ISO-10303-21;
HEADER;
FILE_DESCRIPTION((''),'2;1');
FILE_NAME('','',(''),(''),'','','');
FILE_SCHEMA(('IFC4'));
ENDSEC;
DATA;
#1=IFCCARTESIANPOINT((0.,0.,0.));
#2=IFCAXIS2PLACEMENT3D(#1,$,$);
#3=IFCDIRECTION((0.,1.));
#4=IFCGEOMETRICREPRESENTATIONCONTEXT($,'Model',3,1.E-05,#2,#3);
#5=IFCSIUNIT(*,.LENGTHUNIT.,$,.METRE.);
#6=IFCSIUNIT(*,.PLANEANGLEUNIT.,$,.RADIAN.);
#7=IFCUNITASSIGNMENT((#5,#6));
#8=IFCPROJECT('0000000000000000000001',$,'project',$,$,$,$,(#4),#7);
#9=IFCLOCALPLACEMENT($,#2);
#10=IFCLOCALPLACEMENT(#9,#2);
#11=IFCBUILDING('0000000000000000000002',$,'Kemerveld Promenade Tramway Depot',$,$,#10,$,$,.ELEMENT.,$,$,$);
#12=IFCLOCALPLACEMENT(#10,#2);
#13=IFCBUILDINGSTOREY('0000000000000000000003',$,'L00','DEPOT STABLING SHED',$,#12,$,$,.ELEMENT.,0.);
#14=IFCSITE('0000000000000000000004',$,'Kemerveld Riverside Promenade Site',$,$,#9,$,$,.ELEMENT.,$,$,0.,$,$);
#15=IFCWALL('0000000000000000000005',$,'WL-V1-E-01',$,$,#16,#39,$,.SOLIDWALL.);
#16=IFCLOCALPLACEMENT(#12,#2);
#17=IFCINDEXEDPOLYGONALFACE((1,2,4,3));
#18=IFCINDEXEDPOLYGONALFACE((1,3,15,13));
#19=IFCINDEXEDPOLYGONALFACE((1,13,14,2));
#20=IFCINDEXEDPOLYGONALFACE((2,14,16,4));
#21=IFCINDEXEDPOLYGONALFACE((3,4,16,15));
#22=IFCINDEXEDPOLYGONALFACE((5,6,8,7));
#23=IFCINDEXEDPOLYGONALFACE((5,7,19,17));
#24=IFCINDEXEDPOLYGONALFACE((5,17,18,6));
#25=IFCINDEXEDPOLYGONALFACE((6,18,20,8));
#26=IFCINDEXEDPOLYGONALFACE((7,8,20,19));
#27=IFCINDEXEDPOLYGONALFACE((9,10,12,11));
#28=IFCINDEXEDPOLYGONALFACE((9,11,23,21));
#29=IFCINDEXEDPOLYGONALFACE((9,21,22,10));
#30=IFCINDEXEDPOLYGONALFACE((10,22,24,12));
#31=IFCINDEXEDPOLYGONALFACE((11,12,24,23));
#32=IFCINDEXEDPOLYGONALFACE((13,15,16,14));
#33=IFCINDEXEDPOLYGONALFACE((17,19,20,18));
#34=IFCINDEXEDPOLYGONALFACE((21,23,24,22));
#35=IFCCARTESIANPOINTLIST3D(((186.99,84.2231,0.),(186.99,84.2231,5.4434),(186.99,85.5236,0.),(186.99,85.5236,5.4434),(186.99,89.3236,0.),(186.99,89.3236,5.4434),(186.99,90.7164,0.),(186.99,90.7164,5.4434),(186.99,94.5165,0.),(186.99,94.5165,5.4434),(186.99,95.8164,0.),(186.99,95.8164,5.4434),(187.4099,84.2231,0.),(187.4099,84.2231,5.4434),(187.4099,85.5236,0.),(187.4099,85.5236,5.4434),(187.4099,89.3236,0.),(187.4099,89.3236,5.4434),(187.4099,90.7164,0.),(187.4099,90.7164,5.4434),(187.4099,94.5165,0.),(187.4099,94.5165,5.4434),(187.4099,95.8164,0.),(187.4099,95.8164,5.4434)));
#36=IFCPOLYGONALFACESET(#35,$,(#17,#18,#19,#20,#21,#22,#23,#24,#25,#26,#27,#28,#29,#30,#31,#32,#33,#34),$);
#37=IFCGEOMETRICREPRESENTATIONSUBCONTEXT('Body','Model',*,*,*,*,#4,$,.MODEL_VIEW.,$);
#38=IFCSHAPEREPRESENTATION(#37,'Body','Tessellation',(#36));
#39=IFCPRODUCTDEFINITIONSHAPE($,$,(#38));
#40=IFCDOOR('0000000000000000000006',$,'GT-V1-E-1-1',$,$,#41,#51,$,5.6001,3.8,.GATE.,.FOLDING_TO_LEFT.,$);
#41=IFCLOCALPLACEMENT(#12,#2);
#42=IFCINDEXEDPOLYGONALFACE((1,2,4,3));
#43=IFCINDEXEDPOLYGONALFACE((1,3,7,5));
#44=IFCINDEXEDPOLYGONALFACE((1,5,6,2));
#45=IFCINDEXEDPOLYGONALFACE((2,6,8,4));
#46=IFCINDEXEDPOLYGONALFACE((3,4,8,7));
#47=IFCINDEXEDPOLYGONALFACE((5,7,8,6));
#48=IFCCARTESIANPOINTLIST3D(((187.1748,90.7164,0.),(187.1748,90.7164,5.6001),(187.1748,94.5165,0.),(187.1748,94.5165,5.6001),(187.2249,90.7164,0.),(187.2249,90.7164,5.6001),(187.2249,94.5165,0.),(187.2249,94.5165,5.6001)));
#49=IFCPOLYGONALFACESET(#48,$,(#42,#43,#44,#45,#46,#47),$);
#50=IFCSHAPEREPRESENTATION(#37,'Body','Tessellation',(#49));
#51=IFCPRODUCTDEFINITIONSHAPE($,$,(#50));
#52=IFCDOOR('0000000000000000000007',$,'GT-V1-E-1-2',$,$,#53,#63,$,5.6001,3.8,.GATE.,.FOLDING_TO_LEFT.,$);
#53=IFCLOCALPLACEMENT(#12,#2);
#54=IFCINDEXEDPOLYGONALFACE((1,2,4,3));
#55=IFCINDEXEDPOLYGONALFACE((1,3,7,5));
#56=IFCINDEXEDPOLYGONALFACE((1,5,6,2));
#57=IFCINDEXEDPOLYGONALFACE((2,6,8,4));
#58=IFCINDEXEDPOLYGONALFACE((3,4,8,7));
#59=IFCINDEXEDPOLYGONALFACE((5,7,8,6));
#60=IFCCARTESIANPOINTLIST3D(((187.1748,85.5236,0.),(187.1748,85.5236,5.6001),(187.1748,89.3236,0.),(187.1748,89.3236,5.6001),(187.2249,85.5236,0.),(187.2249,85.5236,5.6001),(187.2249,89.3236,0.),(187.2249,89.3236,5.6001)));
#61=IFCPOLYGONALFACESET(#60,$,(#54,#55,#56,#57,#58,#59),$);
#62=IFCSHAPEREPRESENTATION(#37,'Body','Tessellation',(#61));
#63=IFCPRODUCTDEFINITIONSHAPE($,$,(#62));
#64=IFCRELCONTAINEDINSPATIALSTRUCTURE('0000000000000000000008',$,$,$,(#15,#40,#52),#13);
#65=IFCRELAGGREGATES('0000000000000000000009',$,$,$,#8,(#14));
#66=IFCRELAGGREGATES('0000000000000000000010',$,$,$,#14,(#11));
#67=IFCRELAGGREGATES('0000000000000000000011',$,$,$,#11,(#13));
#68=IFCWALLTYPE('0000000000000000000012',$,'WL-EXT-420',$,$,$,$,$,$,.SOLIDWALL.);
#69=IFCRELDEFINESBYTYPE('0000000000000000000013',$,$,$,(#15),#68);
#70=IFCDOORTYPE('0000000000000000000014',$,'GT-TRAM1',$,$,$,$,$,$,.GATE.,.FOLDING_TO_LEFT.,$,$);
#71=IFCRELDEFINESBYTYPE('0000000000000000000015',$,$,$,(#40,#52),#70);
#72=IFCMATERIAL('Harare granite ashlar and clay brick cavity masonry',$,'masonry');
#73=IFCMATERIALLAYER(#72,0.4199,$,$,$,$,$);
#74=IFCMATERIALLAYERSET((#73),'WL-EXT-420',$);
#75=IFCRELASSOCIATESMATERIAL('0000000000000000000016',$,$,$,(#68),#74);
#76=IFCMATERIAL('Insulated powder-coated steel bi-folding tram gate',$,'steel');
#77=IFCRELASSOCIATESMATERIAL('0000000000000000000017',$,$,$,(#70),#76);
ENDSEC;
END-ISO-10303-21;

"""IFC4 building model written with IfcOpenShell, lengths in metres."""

from ifc_helpers import new_model, si_unit, direction, frame, frame_2d, origin, place, context, subcontext, project, spatial, rectangle, extrude, material, layer, layer_set, type_object, element, fill, save


model = new_model("IFC4")

# Units and contexts
model_context = context("Model", 3, precision=1e-05, world=origin(), true_north=direction((0.0, 1.0)))
body_context = subcontext(model_context, "Body", "Model", "MODEL_VIEW")
ifc_project = project(units=[si_unit("LENGTHUNIT", "METRE"), si_unit("PLANEANGLEUNIT", "RADIAN")], contexts=[model_context])

# Site, building, storey
site_placement = place(None, origin())
site = spatial("IfcSite", under=ifc_project, at=site_placement, Name="Kemerveld Riverside Promenade Site", CompositionType="ELEMENT", RefElevation=0.0)
building_placement = place(site_placement, origin())
building = spatial("IfcBuilding", under=site, at=building_placement, Name="Kemerveld Promenade Tramway Depot", CompositionType="ELEMENT")
storey_placement = place(building_placement, origin())
storey = spatial("IfcBuildingStorey", under=building, at=storey_placement, Name="L00", Description="DEPOT STABLING SHED", CompositionType="ELEMENT", Elevation=0.0)

# Wall, openings, doors
ifc_material_1 = material(Name="Harare granite ashlar and clay brick cavity masonry", Category="masonry")
ifc_layer_1 = layer(ifc_material_1, 0.4199)
ifc_layer_set_1 = layer_set([ifc_layer_1], Name="WL-EXT-420")
wall_type = type_object("IfcWallType", Name="WL-EXT-420", PredefinedType="SOLIDWALL", material=ifc_layer_set_1)
wall_placement = place(storey_placement, frame((187.2, 95.8164, 0.0), z_axis=(0.0, 0.0, 1.0), x_axis=(0.0, -1.0, 0.0)))
wall = element("IfcWall", 1, at=wall_placement, inside=storey, type_object=wall_type, Name="WL-V1-E-01", PredefinedType="SOLIDWALL", context=body_context, shape_type="SweptSolid", body=[
    extrude(rectangle(XDim=11.5933, YDim=0.4199, at=frame_2d((5.7966, 0.0))), origin(), (0.0, 0.0, 1.0), 5.4434),
])
opening_1_placement = place(wall_placement, frame((1.3, 0.0, 0.0)))
opening_1 = element("IfcOpeningElement", 2, at=opening_1_placement, cuts=wall, PredefinedType="OPENING", context=body_context, shape_type="SweptSolid", body=[
    extrude(rectangle(XDim=3.8, YDim=5.6001, at=frame_2d((1.8999, 2.8))), frame((0.0, 0.22, 0.0), z_axis=(0.0, -1.0, 0.0), x_axis=(1.0, 0.0, 0.0)), (0.0, 0.0, 1.0), 0.4399),
])
opening_2_placement = place(wall_placement, frame((6.4929, 0.0, 0.0)))
opening_2 = element("IfcOpeningElement", 3, at=opening_2_placement, cuts=wall, PredefinedType="OPENING", context=body_context, shape_type="SweptSolid", body=[
    extrude(rectangle(XDim=3.8, YDim=5.6001, at=frame_2d((1.8999, 2.8))), frame((0.0, 0.22, 0.0), z_axis=(0.0, -1.0, 0.0), x_axis=(1.0, 0.0, 0.0)), (0.0, 0.0, 1.0), 0.4399),
])
ifc_material_2 = material(Name="Insulated powder-coated steel bi-folding tram gate", Category="steel")
door_type = type_object("IfcDoorType", Name="GT-TRAM1", OperationType="FOLDING_TO_LEFT", PredefinedType="GATE", material=ifc_material_2)
door_1_placement = place(opening_1_placement, origin())
door_1 = element("IfcDoor", 4, at=door_1_placement, inside=storey, type_object=door_type, Name="GT-V1-E-1-1", OperationType="FOLDING_TO_LEFT", OverallHeight=5.6001, OverallWidth=3.8, PredefinedType="GATE", context=body_context, shape_type="SweptSolid", body=[
    extrude(rectangle(XDim=3.8, YDim=5.6001, at=frame_2d((1.8999, 2.8))), frame((0.0, 0.0249, 0.0), z_axis=(0.0, -1.0, 0.0), x_axis=(1.0, 0.0, 0.0)), (0.0, 0.0, 1.0), 0.05),
])
fill(opening_1, door_1)
door_2_placement = place(opening_2_placement, origin())
door_2 = element("IfcDoor", 5, at=door_2_placement, inside=storey, type_object=door_type, Name="GT-V1-E-1-2", OperationType="FOLDING_TO_LEFT", OverallHeight=5.6001, OverallWidth=3.8, PredefinedType="GATE", context=body_context, shape_type="SweptSolid", body=[
    extrude(rectangle(XDim=3.8, YDim=5.6001, at=frame_2d((1.8999, 2.8))), frame((0.0, 0.0249, 0.0), z_axis=(0.0, -1.0, 0.0), x_axis=(1.0, 0.0, 0.0)), (0.0, 0.0, 1.0), 0.05),
])
fill(opening_2, door_2)

save(model, "model.ifc")
